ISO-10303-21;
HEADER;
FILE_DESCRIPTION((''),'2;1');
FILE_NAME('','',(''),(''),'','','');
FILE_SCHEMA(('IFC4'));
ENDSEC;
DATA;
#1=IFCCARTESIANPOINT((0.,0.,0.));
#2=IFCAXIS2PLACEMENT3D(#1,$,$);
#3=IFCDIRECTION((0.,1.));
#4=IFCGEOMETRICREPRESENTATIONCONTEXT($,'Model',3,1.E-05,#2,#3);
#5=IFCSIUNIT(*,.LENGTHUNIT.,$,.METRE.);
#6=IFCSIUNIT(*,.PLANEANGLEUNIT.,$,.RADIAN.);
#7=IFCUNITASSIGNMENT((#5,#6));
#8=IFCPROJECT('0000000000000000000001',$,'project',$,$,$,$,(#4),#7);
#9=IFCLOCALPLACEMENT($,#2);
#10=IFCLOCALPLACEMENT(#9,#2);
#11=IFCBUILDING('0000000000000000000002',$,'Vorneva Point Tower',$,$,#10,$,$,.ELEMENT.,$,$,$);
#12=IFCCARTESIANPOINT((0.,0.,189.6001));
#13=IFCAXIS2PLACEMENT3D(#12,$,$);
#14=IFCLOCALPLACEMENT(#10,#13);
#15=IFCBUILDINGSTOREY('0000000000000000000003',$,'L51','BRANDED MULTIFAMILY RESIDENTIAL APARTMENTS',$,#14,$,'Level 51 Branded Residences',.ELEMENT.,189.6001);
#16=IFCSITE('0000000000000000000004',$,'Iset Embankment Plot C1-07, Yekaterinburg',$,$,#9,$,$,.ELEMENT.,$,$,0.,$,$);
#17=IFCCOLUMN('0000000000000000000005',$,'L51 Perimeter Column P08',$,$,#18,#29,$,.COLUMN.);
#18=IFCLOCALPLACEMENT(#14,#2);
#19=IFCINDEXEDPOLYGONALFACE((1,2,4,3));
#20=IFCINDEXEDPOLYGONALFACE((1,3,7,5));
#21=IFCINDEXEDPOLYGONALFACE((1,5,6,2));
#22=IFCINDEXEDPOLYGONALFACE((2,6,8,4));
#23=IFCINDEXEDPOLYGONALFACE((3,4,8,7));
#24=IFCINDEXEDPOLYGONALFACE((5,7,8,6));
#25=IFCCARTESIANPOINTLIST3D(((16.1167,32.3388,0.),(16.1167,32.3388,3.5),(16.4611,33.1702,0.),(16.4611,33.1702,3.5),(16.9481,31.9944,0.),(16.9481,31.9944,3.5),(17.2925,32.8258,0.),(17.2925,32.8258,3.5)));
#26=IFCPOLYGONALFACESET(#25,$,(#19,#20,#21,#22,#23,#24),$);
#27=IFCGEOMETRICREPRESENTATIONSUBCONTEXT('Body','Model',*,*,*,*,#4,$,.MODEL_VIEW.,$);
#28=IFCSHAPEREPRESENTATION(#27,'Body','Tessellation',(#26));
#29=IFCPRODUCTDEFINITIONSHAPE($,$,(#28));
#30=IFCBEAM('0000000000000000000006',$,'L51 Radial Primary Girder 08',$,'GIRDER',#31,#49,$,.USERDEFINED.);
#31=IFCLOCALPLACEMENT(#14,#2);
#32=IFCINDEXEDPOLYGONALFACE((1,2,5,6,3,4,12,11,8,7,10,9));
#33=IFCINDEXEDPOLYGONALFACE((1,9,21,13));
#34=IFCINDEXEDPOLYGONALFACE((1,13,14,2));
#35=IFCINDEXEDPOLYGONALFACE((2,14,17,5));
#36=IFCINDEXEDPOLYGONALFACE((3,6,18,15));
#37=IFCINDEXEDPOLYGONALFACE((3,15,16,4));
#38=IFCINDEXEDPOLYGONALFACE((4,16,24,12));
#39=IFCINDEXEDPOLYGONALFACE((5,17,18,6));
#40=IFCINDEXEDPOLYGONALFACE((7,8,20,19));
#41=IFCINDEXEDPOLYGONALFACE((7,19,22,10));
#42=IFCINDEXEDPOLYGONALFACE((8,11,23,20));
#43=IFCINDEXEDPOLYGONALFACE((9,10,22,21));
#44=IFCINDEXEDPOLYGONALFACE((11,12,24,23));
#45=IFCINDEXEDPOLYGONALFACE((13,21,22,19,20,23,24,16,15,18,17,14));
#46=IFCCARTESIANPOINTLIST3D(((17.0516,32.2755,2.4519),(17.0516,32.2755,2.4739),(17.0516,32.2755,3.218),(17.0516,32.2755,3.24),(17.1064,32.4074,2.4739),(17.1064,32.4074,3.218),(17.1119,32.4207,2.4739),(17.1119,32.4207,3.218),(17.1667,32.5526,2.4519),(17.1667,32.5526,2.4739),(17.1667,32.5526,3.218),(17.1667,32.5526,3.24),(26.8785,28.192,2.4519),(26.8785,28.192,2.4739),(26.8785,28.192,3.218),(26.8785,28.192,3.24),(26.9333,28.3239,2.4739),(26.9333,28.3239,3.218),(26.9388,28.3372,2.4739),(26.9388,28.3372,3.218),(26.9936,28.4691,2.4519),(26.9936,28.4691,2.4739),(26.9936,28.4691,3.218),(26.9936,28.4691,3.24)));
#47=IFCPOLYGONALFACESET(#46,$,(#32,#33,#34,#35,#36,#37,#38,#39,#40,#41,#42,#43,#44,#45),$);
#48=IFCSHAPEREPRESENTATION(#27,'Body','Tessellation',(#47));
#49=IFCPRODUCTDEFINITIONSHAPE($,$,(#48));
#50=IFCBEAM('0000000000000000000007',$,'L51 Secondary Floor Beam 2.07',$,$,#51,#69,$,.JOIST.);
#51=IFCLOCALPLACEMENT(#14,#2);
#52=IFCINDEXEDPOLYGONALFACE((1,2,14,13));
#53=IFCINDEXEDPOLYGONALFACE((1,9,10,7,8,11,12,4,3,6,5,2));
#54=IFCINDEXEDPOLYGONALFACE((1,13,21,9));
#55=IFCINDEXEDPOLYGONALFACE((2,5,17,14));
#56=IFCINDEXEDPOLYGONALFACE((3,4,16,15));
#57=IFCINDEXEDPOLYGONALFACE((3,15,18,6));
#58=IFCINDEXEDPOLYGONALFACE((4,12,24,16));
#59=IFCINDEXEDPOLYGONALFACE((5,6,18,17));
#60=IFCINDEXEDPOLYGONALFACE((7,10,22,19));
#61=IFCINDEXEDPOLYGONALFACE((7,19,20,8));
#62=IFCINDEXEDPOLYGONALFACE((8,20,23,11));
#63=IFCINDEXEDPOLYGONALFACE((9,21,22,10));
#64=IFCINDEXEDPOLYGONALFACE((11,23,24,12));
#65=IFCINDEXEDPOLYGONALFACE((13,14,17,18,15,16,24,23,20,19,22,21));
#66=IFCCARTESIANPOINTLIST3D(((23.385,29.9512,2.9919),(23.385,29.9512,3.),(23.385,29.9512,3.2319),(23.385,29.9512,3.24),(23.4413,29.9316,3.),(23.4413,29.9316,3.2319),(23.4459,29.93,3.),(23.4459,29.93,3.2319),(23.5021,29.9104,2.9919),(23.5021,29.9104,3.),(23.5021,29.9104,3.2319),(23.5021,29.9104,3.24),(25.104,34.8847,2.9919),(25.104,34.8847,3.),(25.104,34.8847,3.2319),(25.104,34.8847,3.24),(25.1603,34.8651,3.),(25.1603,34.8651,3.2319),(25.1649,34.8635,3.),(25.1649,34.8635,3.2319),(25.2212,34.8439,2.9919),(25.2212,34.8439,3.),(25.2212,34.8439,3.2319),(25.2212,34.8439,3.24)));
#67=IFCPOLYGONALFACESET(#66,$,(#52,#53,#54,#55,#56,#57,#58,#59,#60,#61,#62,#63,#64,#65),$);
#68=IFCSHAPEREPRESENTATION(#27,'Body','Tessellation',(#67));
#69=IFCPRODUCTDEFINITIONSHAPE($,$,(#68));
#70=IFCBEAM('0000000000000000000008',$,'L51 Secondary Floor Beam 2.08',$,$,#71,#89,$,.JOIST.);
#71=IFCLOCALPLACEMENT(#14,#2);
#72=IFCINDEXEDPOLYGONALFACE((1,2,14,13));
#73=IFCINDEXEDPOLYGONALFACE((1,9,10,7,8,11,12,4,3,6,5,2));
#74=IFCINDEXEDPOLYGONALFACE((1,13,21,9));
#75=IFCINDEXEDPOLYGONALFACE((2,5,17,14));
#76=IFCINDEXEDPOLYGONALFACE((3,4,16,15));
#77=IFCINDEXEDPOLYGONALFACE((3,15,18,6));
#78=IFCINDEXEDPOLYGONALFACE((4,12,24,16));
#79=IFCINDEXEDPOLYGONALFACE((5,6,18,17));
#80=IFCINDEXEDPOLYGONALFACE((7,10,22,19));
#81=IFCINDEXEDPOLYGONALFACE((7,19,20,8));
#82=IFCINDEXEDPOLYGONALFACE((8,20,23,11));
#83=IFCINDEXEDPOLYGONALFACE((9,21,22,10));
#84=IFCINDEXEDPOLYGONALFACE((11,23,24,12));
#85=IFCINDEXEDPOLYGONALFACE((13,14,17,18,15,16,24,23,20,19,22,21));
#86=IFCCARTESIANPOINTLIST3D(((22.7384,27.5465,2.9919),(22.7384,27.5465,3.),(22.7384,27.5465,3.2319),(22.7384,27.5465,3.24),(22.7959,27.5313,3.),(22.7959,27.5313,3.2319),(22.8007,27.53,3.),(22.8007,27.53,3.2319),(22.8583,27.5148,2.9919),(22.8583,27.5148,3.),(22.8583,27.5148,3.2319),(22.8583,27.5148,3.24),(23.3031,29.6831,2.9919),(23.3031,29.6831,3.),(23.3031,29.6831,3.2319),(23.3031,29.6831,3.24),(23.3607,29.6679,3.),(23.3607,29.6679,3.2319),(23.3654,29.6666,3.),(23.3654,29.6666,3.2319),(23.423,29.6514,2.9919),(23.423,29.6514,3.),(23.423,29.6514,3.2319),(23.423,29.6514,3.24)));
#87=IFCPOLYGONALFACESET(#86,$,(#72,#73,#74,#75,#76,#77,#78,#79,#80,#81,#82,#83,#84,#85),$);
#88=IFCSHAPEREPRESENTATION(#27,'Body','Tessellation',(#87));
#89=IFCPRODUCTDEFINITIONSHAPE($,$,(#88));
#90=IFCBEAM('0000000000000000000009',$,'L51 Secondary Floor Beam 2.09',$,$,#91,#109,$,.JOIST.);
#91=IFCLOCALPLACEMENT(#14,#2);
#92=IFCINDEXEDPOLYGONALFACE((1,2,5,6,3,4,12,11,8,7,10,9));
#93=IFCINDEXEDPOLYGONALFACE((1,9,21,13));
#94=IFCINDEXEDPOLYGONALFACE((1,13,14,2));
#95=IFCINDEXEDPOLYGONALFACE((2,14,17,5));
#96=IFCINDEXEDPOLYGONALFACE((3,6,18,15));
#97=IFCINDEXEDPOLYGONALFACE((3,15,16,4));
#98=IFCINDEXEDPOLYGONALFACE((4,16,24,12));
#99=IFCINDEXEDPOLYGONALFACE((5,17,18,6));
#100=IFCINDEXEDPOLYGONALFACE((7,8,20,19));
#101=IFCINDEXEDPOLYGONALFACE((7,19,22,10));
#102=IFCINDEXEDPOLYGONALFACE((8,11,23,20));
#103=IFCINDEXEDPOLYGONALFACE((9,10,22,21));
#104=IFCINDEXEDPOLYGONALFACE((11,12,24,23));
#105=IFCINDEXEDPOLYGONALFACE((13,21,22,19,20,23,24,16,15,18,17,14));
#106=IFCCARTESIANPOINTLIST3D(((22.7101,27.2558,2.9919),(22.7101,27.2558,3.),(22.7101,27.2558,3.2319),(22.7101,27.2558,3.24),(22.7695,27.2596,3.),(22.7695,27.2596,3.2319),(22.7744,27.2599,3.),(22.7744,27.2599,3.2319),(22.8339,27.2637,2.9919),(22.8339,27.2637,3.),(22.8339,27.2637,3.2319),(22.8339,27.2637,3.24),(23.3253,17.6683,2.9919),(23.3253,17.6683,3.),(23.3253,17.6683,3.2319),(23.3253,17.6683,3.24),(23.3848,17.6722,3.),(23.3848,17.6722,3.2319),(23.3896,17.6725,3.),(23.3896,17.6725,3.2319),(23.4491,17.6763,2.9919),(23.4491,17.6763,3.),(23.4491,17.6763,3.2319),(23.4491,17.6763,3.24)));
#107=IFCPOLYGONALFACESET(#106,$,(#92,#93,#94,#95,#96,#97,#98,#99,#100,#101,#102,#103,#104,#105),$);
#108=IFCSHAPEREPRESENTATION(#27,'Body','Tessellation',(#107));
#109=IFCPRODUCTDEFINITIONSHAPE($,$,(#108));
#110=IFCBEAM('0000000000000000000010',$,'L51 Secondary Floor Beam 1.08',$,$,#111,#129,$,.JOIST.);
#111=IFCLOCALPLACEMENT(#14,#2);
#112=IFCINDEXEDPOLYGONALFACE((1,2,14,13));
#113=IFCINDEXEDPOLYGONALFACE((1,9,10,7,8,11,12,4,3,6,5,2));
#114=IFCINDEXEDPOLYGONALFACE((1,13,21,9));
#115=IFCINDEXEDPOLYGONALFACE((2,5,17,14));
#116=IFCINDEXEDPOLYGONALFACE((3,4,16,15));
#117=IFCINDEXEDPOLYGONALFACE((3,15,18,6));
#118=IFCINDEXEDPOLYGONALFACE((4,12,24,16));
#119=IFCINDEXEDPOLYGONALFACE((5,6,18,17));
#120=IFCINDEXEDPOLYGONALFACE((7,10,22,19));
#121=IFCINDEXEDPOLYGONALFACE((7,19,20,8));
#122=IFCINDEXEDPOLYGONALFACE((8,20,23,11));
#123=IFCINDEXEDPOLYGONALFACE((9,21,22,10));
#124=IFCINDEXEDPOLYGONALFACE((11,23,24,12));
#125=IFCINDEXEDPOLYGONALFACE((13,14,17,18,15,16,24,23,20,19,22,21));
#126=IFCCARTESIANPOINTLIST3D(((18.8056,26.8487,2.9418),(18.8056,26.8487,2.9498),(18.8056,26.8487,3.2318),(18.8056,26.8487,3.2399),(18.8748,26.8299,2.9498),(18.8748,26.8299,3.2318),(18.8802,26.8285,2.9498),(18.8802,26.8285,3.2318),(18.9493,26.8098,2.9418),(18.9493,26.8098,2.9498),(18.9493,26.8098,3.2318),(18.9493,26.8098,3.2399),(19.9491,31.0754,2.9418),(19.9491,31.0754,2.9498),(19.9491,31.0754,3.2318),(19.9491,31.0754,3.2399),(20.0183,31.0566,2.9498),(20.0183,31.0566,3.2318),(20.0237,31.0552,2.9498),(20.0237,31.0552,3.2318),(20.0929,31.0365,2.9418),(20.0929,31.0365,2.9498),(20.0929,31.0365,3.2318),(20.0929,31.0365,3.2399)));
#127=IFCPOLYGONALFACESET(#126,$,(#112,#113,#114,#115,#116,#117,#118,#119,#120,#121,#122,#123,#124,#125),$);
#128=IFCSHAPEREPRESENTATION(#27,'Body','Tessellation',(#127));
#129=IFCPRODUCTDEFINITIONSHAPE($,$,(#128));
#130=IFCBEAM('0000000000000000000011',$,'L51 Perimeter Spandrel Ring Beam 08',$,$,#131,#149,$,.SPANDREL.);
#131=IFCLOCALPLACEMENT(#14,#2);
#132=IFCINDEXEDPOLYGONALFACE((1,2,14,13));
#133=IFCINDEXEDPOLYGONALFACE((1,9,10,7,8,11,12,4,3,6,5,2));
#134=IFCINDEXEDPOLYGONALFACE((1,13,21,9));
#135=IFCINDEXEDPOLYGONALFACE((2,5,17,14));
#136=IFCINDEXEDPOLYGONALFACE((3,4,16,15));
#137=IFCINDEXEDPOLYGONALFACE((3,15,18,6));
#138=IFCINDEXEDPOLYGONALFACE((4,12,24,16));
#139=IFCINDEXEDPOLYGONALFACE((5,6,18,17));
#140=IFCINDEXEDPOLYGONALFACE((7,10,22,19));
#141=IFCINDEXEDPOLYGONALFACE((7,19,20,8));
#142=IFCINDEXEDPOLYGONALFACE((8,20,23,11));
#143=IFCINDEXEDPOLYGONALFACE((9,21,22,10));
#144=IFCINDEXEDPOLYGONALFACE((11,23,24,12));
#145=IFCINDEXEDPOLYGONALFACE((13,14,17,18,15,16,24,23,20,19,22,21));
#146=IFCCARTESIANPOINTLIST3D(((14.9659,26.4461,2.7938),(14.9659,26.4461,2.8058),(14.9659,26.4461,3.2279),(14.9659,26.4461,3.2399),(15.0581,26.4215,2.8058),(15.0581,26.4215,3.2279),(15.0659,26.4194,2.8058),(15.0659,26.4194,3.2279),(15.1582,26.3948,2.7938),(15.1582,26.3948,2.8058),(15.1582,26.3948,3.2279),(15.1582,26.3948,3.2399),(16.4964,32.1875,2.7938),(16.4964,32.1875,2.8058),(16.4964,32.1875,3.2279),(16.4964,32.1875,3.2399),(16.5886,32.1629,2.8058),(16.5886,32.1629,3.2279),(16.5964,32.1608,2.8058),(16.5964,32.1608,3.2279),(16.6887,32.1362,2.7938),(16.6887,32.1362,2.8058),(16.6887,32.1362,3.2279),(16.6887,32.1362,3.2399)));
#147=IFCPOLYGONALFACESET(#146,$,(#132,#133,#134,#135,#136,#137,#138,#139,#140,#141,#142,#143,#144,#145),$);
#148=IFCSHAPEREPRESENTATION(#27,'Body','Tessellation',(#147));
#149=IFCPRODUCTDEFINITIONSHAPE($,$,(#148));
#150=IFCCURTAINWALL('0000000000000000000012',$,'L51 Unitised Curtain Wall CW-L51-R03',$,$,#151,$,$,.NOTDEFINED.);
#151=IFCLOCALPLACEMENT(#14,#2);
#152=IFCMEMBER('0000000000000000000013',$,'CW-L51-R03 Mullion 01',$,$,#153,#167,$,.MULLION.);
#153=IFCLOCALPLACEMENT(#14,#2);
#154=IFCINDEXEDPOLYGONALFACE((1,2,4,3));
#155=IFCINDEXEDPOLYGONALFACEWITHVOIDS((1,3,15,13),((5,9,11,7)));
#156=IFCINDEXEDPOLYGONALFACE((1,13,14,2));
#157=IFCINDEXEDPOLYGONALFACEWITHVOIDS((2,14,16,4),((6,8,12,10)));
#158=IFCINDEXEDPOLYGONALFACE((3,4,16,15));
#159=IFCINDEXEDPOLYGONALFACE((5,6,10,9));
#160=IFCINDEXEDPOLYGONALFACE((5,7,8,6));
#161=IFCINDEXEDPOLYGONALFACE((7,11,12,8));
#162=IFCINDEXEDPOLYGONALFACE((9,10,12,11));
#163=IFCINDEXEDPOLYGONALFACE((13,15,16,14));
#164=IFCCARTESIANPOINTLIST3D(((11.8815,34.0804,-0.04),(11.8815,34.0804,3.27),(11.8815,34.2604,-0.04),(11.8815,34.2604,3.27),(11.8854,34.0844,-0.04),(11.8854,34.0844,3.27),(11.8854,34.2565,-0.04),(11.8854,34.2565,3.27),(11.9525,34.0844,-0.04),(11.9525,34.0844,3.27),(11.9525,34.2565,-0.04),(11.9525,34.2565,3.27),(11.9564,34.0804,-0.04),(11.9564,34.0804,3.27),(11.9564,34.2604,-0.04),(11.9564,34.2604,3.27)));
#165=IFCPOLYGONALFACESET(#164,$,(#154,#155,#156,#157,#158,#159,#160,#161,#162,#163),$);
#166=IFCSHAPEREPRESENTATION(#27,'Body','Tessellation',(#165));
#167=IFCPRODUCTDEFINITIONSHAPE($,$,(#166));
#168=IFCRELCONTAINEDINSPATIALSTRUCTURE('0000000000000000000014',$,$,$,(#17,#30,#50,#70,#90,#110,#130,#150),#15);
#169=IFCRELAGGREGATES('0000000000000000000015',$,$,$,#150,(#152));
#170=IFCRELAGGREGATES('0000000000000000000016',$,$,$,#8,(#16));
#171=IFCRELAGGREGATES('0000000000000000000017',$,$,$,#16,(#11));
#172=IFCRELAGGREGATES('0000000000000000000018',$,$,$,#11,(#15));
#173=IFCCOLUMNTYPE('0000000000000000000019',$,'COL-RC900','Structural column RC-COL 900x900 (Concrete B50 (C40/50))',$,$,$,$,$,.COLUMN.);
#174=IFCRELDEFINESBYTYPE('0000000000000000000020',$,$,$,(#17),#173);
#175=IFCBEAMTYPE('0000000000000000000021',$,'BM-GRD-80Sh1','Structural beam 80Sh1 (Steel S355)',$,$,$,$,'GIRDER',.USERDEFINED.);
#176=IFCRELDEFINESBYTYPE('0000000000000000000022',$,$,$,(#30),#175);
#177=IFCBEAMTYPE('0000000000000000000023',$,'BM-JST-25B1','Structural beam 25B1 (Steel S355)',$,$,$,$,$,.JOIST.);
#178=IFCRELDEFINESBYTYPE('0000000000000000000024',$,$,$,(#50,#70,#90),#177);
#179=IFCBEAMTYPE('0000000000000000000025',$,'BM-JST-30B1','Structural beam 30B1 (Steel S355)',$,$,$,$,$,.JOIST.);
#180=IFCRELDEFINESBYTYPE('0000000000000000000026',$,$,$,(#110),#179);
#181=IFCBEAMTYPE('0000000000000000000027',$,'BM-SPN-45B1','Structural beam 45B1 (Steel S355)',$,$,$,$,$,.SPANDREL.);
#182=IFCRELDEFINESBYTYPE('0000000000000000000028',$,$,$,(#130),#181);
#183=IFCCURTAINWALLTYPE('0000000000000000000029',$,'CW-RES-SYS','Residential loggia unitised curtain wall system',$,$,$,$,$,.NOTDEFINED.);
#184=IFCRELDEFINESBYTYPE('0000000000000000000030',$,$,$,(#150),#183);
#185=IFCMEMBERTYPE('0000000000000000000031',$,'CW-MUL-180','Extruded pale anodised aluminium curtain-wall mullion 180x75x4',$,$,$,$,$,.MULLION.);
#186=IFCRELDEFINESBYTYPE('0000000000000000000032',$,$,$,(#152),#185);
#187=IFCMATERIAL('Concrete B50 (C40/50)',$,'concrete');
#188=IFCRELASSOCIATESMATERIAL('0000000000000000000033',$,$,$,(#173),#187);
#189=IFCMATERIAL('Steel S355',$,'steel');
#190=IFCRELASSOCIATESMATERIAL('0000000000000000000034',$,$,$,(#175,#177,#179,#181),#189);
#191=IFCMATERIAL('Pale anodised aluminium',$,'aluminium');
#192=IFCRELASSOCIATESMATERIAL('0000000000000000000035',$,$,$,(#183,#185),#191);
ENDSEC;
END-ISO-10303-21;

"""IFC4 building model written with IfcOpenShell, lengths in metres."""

from ifc_helpers import new_model, si_unit, direction, frame, origin, origin_2d, place, context, subcontext, project, spatial, rectangle, hollow_rectangle, i_section, extrude, material, material_profile, profile_set, type_object, element, aggregate, save


model = new_model("IFC4")

# Units and contexts
model_context = context("Model", 3, precision=1e-05, world=origin(), true_north=direction((0.0, 1.0)))
body_context = subcontext(model_context, "Body", "Model", "MODEL_VIEW")
ifc_project = project(units=[si_unit("LENGTHUNIT", "METRE"), si_unit("PLANEANGLEUNIT", "RADIAN")], contexts=[model_context])

# Site, building, storey
site_placement = place(None, origin())
site = spatial("IfcSite", under=ifc_project, at=site_placement, Name="Iset Embankment Plot C1-07, Yekaterinburg", CompositionType="ELEMENT", RefElevation=0.0)
building_placement = place(site_placement, origin())
building = spatial("IfcBuilding", under=site, at=building_placement, Name="Vorneva Point Tower", CompositionType="ELEMENT")
storey_placement = place(building_placement, frame((0.0, 0.0, 189.6001)))
storey = spatial("IfcBuildingStorey", under=building, at=storey_placement, Name="L51", Description="BRANDED MULTIFAMILY RESIDENTIAL APARTMENTS", LongName="Level 51 Branded Residences", CompositionType="ELEMENT", Elevation=189.6001)

# Column
ifc_material_1 = material(Name="Concrete B50 (C40/50)", Category="concrete")
ifc_material_profile_1 = material_profile(ifc_material_1, rectangle(XDim=0.8999, YDim=0.8999, at=origin_2d()), Name="RC-COL 900x900")
ifc_profile_set_1 = profile_set([ifc_material_profile_1], Name="Concrete B50 (C40/50)")
column_type = type_object("IfcColumnType", Name="COL-RC900", Description="Structural column RC-COL 900x900 (Concrete B50 (C40/50))", PredefinedType="COLUMN", material=ifc_profile_set_1)
column_placement = place(storey_placement, frame((16.7046, 32.5823, 0.0), z_axis=(0.0, 0.0, 1.0), x_axis=(-0.92388, 0.382683, 0.0)))
element("IfcColumn", 1, at=column_placement, inside=storey, type_object=column_type, Name="L51 Perimeter Column P08", PredefinedType="COLUMN", context=body_context, shape_type="SweptSolid", body=[
    extrude(rectangle(XDim=0.8999, YDim=0.8999, at=origin_2d()), origin(), (0.0, 0.0, 1.0), 3.5),
])

# Beams
ifc_material_2 = material(Name="Steel S355", Category="steel")
ifc_material_profile_2 = material_profile(ifc_material_2, i_section(OverallWidth=0.3, OverallDepth=0.7881, WebThickness=0.0144, FlangeThickness=0.022, at=origin_2d()), Name="80Sh1")
ifc_profile_set_2 = profile_set([ifc_material_profile_2], Name="Steel S355")
beam_type_1 = type_object("IfcBeamType", Name="BM-GRD-80Sh1", Description="Structural beam 80Sh1 (Steel S355)", ElementType="GIRDER", PredefinedType="USERDEFINED", material=ifc_profile_set_2)
beam_1_placement = place(storey_placement, frame((17.1091, 32.4141, 2.8459), z_axis=(0.923445, -0.383731, 0.0), x_axis=(0.383731, 0.923445, 0.0)))
element("IfcBeam", 2, at=beam_1_placement, inside=storey, type_object=beam_type_1, Name="L51 Radial Primary Girder 08", ObjectType="GIRDER", PredefinedType="USERDEFINED", context=body_context, shape_type="SweptSolid", body=[
    extrude(i_section(OverallWidth=0.3, OverallDepth=0.7881, WebThickness=0.0144, FlangeThickness=0.022, at=origin_2d()), origin(), (0.0, 0.0, 1.0), 10.6416),
])
ifc_material_profile_3 = material_profile(ifc_material_2, i_section(OverallWidth=0.124, OverallDepth=0.248, WebThickness=0.0049, FlangeThickness=0.0081, at=origin_2d()), Name="25B1")
ifc_profile_set_3 = profile_set([ifc_material_profile_3], Name="Steel S355")
beam_type_2 = type_object("IfcBeamType", Name="BM-JST-25B1", Description="Structural beam 25B1 (Steel S355)", PredefinedType="JOIST", material=ifc_profile_set_3)
beam_2_placement = place(storey_placement, frame((25.1626, 34.8643, 3.116), z_axis=(-0.329041, -0.944316, 0.0), x_axis=(0.944316, -0.329041, 0.0)))
element("IfcBeam", 3, at=beam_2_placement, inside=storey, type_object=beam_type_2, Name="L51 Secondary Floor Beam 2.07", PredefinedType="JOIST", context=body_context, shape_type="SweptSolid", body=[
    extrude(i_section(OverallWidth=0.124, OverallDepth=0.248, WebThickness=0.0049, FlangeThickness=0.0081, at=origin_2d()), origin(), (0.0, 0.0, 1.0), 5.2244),
])
beam_3_placement = place(storey_placement, frame((23.363, 29.6672, 3.116), z_axis=(-0.255537, -0.966799, 0.0), x_axis=(0.966799, -0.255537, 0.0)))
element("IfcBeam", 4, at=beam_3_placement, inside=storey, type_object=beam_type_2, Name="L51 Secondary Floor Beam 2.08", PredefinedType="JOIST", context=body_context, shape_type="SweptSolid", body=[
    extrude(i_section(OverallWidth=0.124, OverallDepth=0.248, WebThickness=0.0049, FlangeThickness=0.0081, at=origin_2d()), origin(), (0.0, 0.0, 1.0), 2.21),
])
beam_4_placement = place(storey_placement, frame((22.772, 27.2598, 3.116), z_axis=(0.064039, -0.997947, 0.0), x_axis=(0.997947, 0.064039, 0.0)))
element("IfcBeam", 5, at=beam_4_placement, inside=storey, type_object=beam_type_2, Name="L51 Secondary Floor Beam 2.09", PredefinedType="JOIST", context=body_context, shape_type="SweptSolid", body=[
    extrude(i_section(OverallWidth=0.124, OverallDepth=0.248, WebThickness=0.0049, FlangeThickness=0.0081, at=origin_2d()), origin(), (0.0, 0.0, 1.0), 9.6072),
])
ifc_material_profile_4 = material_profile(ifc_material_2, i_section(OverallWidth=0.1489, OverallDepth=0.2981, WebThickness=0.0056, FlangeThickness=0.0081, at=origin_2d()), Name="30B1")
ifc_profile_set_4 = profile_set([ifc_material_profile_4], Name="Steel S355")
beam_type_3 = type_object("IfcBeamType", Name="BM-JST-30B1", Description="Structural beam 30B1 (Steel S355)", PredefinedType="JOIST", material=ifc_profile_set_4)
beam_5_placement = place(storey_placement, frame((20.021, 31.0559, 3.0908), z_axis=(-0.261159, -0.965296, 0.0), x_axis=(0.965296, -0.261159, 0.0)))
element("IfcBeam", 6, at=beam_5_placement, inside=storey, type_object=beam_type_3, Name="L51 Secondary Floor Beam 1.08", PredefinedType="JOIST", context=body_context, shape_type="SweptSolid", body=[
    extrude(i_section(OverallWidth=0.1489, OverallDepth=0.2981, WebThickness=0.0056, FlangeThickness=0.0081, at=origin_2d()), origin(), (0.0, 0.0, 1.0), 4.3787),
])
ifc_material_profile_5 = material_profile(ifc_material_2, i_section(OverallWidth=0.199, OverallDepth=0.446, WebThickness=0.0081, FlangeThickness=0.012, at=origin_2d()), Name="45B1")
ifc_profile_set_5 = profile_set([ifc_material_profile_5], Name="Steel S355")
beam_type_4 = type_object("IfcBeamType", Name="BM-SPN-45B1", Description="Structural beam 45B1 (Steel S355)", PredefinedType="SPANDREL", material=ifc_profile_set_5)
beam_6_placement = place(storey_placement, frame((16.5925, 32.1619, 3.0168), z_axis=(-0.257578, -0.966257, 0.0), x_axis=(0.966257, -0.257578, 0.0)))
element("IfcBeam", 7, at=beam_6_placement, inside=storey, type_object=beam_type_4, Name="L51 Perimeter Spandrel Ring Beam 08", PredefinedType="SPANDREL", context=body_context, shape_type="SweptSolid", body=[
    extrude(i_section(OverallWidth=0.199, OverallDepth=0.446, WebThickness=0.0081, FlangeThickness=0.012, at=origin_2d()), origin(), (0.0, 0.0, 1.0), 5.9419),
])

# Curtain wall, member
ifc_material_3 = material(Name="Pale anodised aluminium", Category="aluminium")
curtain_wall_type = type_object("IfcCurtainWallType", Name="CW-RES-SYS", Description="Residential loggia unitised curtain wall system", PredefinedType="NOTDEFINED", material=ifc_material_3)
curtain_wall_placement = place(storey_placement, origin())
curtain_wall = element("IfcCurtainWall", 8, at=curtain_wall_placement, inside=storey, type_object=curtain_wall_type, Name="L51 Unitised Curtain Wall CW-L51-R03", PredefinedType="NOTDEFINED")
ifc_material_profile_6 = material_profile(ifc_material_3, hollow_rectangle(XDim=0.075, YDim=0.1799, WallThickness=0.0039, at=origin_2d()), Name="AL-MUL 180x75x4")
ifc_profile_set_6 = profile_set([ifc_material_profile_6], Name="Pale anodised aluminium")
member_type_1 = type_object("IfcMemberType", Name="CW-MUL-180", Description="Extruded pale anodised aluminium curtain-wall mullion 180x75x4", PredefinedType="MULLION", material=ifc_profile_set_6)
member_1_placement = place(storey_placement, frame((11.9189, 34.1704, -0.04), z_axis=(0.0, 0.0, 1.0), x_axis=(1.0, 0.0, 0.0)))
member_1 = element("IfcMember", 9, at=member_1_placement, type_object=member_type_1, Name="CW-L51-R03 Mullion 01", PredefinedType="MULLION", context=body_context, shape_type="SweptSolid", body=[
    extrude(hollow_rectangle(XDim=0.075, YDim=0.1799, WallThickness=0.0039, at=origin_2d()), origin(), (0.0, 0.0, 1.0), 3.3101),
])
aggregate(curtain_wall, [member_1])

save(model, "model.ifc")
